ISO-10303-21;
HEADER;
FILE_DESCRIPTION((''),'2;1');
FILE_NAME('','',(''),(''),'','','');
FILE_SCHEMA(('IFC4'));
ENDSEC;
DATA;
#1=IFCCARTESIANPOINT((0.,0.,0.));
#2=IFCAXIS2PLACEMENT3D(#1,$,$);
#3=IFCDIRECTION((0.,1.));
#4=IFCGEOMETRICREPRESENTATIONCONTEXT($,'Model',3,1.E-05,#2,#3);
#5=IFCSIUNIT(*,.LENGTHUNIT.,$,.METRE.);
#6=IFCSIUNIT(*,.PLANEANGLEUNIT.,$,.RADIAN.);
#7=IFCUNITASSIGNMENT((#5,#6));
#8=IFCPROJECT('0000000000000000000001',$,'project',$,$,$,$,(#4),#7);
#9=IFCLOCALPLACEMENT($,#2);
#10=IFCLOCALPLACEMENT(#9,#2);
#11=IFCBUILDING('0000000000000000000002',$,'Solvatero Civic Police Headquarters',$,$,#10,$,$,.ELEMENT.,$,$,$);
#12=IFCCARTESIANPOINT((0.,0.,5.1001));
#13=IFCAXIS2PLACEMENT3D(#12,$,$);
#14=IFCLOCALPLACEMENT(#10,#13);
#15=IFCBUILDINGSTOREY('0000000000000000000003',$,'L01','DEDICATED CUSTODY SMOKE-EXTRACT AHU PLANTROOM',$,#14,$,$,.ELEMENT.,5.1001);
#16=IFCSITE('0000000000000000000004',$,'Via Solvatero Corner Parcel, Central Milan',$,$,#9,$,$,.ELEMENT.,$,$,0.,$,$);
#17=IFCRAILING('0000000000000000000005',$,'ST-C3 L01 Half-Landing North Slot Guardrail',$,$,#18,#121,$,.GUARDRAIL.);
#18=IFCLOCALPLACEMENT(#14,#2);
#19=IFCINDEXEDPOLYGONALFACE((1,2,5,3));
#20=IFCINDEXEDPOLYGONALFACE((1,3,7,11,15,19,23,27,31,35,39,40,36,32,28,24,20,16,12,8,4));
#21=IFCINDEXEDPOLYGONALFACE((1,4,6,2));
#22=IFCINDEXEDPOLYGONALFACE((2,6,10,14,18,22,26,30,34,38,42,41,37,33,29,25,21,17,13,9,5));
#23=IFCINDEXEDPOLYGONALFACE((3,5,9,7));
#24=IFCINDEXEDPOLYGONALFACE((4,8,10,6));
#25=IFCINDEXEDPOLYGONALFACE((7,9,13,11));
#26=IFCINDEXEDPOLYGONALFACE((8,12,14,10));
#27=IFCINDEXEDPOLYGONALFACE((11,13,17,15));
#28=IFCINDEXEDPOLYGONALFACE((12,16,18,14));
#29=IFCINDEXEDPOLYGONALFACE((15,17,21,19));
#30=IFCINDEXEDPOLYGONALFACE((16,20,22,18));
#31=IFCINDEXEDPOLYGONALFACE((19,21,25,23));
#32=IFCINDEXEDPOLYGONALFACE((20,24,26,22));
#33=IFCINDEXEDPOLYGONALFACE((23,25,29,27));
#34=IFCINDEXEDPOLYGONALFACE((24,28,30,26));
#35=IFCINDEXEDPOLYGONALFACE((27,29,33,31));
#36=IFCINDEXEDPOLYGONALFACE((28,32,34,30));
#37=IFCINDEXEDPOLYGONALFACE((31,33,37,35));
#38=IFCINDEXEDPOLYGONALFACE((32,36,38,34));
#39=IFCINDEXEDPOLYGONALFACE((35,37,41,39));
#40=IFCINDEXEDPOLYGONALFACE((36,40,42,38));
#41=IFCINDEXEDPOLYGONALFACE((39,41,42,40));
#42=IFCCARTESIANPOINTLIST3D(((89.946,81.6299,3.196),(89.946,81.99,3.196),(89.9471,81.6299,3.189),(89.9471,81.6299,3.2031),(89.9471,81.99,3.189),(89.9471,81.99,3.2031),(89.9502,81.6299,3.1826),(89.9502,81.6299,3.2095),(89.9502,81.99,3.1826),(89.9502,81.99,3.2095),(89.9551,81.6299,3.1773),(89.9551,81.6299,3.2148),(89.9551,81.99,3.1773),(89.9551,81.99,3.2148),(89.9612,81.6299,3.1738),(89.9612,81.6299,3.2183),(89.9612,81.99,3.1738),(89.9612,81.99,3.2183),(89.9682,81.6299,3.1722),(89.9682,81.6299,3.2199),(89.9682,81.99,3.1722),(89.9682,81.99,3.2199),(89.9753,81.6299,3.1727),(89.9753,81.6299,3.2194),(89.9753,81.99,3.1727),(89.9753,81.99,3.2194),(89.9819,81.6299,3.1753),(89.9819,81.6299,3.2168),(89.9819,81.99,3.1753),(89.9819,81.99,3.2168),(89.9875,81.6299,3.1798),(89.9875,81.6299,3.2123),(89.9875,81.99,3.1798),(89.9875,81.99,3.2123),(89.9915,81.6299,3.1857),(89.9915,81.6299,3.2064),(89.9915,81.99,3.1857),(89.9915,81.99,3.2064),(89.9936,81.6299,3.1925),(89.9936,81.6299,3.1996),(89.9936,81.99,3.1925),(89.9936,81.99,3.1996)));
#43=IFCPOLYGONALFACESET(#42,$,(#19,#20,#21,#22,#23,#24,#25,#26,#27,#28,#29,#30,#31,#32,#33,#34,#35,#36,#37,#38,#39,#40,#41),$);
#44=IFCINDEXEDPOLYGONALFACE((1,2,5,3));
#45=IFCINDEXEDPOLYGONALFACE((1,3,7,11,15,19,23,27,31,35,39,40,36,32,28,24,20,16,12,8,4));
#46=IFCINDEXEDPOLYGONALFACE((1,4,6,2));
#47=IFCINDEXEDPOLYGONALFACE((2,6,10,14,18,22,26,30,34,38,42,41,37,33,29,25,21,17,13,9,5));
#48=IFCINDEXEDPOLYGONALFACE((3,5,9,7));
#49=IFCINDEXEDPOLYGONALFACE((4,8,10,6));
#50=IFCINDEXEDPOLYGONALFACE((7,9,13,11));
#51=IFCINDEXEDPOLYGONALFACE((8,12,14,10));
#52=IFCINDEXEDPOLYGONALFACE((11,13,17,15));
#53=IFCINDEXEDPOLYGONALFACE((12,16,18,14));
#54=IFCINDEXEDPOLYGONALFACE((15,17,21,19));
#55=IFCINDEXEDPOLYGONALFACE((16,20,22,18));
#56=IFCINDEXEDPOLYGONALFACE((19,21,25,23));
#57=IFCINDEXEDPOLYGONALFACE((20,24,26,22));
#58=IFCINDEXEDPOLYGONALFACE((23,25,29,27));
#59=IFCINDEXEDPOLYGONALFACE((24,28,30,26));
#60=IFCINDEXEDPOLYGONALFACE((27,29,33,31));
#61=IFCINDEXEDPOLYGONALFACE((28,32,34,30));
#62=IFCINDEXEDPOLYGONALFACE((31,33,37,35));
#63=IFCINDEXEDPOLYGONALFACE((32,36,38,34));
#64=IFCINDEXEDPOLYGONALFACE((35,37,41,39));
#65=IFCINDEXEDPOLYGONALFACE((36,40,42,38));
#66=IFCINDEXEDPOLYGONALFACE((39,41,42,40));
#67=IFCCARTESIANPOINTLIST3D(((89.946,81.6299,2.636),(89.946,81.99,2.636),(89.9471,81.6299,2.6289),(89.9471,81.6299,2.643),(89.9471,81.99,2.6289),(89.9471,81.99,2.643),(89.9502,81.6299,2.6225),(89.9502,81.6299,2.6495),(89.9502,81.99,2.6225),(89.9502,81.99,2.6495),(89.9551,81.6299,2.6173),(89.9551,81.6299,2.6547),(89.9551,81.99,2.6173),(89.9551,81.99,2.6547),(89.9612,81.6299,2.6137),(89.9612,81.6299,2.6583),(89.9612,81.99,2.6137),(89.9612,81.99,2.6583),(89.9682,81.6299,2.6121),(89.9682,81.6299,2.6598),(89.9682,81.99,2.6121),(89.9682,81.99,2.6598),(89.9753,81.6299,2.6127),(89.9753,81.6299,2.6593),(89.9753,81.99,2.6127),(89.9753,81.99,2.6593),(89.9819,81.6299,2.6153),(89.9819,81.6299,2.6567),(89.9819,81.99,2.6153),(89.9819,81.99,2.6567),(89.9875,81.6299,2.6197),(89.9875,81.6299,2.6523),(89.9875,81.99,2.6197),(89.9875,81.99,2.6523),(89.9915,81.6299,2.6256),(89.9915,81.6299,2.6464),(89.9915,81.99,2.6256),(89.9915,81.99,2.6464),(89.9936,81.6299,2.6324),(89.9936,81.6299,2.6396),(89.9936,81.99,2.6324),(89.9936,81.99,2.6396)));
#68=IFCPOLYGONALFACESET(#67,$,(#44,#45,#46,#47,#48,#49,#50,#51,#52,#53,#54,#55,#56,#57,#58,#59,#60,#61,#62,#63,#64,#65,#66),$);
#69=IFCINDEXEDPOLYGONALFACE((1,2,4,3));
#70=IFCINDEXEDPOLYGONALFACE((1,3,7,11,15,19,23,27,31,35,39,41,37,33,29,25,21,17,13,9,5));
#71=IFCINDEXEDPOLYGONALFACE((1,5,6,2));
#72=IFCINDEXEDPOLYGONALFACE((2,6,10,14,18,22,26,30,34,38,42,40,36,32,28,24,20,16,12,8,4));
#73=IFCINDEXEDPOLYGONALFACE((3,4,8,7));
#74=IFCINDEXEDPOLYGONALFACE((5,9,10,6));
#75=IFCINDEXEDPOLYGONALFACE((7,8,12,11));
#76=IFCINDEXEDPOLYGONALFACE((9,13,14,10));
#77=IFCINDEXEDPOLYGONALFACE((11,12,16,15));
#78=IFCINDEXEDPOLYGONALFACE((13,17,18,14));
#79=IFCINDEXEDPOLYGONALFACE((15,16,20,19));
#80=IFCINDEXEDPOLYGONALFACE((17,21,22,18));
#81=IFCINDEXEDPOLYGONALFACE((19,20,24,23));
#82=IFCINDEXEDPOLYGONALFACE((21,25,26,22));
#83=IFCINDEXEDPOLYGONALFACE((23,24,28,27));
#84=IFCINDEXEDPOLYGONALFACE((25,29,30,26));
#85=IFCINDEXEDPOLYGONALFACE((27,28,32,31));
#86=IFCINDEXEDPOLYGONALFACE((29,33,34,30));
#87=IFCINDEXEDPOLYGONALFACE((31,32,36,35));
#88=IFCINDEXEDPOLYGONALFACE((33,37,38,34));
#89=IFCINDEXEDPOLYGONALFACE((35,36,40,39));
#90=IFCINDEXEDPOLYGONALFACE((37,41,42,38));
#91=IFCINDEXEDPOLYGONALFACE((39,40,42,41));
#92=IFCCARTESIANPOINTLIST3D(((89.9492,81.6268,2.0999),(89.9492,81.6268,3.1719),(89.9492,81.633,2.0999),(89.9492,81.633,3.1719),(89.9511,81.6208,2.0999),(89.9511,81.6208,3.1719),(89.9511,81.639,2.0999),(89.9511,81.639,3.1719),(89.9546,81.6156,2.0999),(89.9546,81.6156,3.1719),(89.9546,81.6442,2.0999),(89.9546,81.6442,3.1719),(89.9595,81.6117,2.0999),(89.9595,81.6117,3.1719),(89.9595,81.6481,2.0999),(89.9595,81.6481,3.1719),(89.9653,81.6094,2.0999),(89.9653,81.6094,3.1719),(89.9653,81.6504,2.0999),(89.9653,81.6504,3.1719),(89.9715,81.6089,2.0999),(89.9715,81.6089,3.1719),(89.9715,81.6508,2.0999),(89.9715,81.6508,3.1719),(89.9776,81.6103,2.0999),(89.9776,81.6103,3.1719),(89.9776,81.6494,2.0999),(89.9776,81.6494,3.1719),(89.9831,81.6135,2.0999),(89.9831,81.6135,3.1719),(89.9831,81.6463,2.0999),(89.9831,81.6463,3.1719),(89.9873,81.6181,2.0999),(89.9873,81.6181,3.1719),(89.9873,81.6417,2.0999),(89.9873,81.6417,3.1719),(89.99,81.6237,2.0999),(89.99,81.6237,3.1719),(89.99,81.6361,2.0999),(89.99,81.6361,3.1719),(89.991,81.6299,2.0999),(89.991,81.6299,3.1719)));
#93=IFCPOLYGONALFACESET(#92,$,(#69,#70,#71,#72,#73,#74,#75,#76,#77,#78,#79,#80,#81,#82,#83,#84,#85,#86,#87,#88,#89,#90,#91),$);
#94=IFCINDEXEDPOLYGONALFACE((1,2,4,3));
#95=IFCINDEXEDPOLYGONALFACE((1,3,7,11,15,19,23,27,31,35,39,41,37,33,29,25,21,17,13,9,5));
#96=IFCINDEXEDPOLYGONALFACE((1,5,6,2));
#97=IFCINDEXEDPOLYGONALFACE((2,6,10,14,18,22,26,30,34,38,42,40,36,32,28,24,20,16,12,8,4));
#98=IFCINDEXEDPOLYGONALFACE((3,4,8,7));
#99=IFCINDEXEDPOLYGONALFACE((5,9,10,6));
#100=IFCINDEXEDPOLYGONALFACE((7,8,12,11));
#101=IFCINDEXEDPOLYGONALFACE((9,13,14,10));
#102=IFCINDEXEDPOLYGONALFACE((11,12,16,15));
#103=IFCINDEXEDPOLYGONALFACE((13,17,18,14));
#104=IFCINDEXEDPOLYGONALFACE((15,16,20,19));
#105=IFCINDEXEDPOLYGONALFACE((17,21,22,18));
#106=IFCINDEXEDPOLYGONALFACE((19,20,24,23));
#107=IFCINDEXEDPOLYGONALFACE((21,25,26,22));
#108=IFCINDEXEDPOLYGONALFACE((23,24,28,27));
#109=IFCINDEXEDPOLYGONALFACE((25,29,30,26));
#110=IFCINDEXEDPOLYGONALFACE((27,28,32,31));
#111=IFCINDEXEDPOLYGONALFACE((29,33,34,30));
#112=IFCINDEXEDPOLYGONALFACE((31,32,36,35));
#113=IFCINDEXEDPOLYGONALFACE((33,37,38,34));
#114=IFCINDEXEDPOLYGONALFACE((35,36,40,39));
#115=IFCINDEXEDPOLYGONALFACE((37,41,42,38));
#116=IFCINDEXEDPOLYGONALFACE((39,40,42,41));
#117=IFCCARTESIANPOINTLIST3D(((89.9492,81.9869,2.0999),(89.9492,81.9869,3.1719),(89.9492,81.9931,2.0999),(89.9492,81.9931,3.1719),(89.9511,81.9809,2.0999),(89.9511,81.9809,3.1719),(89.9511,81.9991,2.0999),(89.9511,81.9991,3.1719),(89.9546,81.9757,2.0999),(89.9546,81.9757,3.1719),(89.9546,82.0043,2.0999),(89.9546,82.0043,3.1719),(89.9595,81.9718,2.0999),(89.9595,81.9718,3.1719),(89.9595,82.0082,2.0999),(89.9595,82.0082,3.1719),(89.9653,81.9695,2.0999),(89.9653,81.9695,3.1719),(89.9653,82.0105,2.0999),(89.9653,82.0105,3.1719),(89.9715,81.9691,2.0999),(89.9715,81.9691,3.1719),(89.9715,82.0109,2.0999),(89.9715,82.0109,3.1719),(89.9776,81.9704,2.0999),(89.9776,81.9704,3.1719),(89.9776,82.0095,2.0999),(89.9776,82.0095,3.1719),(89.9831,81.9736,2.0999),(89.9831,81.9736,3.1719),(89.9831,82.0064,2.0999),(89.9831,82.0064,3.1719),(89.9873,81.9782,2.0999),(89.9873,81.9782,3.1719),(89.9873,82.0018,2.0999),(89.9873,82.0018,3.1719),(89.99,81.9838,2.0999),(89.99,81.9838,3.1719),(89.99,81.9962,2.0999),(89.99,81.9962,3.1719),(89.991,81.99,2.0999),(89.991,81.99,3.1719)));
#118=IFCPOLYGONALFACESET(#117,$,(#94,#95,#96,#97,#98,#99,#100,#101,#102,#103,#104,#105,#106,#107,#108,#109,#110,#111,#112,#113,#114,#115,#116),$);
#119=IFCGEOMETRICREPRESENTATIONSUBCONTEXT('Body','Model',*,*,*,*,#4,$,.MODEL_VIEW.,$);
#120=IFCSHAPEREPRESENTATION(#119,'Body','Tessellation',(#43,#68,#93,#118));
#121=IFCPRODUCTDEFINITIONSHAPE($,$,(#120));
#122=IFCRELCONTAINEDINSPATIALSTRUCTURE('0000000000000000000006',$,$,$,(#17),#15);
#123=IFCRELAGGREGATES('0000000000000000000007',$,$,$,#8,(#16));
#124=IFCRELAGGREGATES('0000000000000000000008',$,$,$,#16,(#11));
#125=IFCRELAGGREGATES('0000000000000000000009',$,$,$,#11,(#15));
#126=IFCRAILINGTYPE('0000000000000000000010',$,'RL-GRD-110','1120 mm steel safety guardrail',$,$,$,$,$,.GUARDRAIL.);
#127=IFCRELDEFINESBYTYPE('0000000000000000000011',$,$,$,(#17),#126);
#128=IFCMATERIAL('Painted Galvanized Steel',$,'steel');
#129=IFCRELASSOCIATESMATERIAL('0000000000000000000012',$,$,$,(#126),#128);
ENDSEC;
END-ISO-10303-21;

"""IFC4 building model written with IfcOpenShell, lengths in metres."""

from ifc_helpers import new_model, si_unit, direction, frame, origin, origin_2d, place, context, subcontext, project, spatial, circle, extrude, material, type_object, element, save


model = new_model("IFC4")

# Units and contexts
model_context = context("Model", 3, precision=1e-05, world=origin(), true_north=direction((0.0, 1.0)))
body_context = subcontext(model_context, "Body", "Model", "MODEL_VIEW")
ifc_project = project(units=[si_unit("LENGTHUNIT", "METRE"), si_unit("PLANEANGLEUNIT", "RADIAN")], contexts=[model_context])

# Site, building, storey
site_placement = place(None, origin())
site = spatial("IfcSite", under=ifc_project, at=site_placement, Name="Via Solvatero Corner Parcel, Central Milan", CompositionType="ELEMENT", RefElevation=0.0)
building_placement = place(site_placement, origin())
building = spatial("IfcBuilding", under=site, at=building_placement, Name="Solvatero Civic Police Headquarters", CompositionType="ELEMENT")
storey_placement = place(building_placement, frame((0.0, 0.0, 5.1001)))
storey = spatial("IfcBuildingStorey", under=building, at=storey_placement, Name="L01", Description="DEDICATED CUSTODY SMOKE-EXTRACT AHU PLANTROOM", CompositionType="ELEMENT", Elevation=5.1001)

# Railing
ifc_material_1 = material(Name="Painted Galvanized Steel", Category="steel")
railing_type_1 = type_object("IfcRailingType", Name="RL-GRD-110", Description="1120 mm steel safety guardrail", PredefinedType="GUARDRAIL", material=ifc_material_1)
for number, where, name in (
    (1, (89.97, 81.6299, 2.0999), "ST-C3 L01 Half-Landing North Slot Guardrail"),
):
    element("IfcRailing", number, at=place(storey_placement, frame(where)), inside=storey, type_object=railing_type_1, Name=name, PredefinedType="GUARDRAIL", context=body_context, shape_type="SweptSolid", body=[
        extrude(circle(Radius=0.0239, at=origin_2d()), frame((0.0, 0.0, 1.0962), z_axis=(0.0, 1.0, 0.0), x_axis=(-1.0, 0.0, 0.0)), (0.0, 0.0, 1.0), 0.3601),
        extrude(circle(Radius=0.0239, at=origin_2d()), frame((0.0, 0.0, 0.5361), z_axis=(0.0, 1.0, 0.0), x_axis=(-1.0, 0.0, 0.0)), (0.0, 0.0, 1.0), 0.3601),
        extrude(circle(Radius=0.021, at=origin_2d()), origin(), (0.0, 0.0, 1.0), 1.072),
        extrude(circle(Radius=0.021, at=origin_2d()), frame((0.0, 0.3601, 0.0)), (0.0, 0.0, 1.0), 1.072),
    ])

save(model, "model.ifc")
